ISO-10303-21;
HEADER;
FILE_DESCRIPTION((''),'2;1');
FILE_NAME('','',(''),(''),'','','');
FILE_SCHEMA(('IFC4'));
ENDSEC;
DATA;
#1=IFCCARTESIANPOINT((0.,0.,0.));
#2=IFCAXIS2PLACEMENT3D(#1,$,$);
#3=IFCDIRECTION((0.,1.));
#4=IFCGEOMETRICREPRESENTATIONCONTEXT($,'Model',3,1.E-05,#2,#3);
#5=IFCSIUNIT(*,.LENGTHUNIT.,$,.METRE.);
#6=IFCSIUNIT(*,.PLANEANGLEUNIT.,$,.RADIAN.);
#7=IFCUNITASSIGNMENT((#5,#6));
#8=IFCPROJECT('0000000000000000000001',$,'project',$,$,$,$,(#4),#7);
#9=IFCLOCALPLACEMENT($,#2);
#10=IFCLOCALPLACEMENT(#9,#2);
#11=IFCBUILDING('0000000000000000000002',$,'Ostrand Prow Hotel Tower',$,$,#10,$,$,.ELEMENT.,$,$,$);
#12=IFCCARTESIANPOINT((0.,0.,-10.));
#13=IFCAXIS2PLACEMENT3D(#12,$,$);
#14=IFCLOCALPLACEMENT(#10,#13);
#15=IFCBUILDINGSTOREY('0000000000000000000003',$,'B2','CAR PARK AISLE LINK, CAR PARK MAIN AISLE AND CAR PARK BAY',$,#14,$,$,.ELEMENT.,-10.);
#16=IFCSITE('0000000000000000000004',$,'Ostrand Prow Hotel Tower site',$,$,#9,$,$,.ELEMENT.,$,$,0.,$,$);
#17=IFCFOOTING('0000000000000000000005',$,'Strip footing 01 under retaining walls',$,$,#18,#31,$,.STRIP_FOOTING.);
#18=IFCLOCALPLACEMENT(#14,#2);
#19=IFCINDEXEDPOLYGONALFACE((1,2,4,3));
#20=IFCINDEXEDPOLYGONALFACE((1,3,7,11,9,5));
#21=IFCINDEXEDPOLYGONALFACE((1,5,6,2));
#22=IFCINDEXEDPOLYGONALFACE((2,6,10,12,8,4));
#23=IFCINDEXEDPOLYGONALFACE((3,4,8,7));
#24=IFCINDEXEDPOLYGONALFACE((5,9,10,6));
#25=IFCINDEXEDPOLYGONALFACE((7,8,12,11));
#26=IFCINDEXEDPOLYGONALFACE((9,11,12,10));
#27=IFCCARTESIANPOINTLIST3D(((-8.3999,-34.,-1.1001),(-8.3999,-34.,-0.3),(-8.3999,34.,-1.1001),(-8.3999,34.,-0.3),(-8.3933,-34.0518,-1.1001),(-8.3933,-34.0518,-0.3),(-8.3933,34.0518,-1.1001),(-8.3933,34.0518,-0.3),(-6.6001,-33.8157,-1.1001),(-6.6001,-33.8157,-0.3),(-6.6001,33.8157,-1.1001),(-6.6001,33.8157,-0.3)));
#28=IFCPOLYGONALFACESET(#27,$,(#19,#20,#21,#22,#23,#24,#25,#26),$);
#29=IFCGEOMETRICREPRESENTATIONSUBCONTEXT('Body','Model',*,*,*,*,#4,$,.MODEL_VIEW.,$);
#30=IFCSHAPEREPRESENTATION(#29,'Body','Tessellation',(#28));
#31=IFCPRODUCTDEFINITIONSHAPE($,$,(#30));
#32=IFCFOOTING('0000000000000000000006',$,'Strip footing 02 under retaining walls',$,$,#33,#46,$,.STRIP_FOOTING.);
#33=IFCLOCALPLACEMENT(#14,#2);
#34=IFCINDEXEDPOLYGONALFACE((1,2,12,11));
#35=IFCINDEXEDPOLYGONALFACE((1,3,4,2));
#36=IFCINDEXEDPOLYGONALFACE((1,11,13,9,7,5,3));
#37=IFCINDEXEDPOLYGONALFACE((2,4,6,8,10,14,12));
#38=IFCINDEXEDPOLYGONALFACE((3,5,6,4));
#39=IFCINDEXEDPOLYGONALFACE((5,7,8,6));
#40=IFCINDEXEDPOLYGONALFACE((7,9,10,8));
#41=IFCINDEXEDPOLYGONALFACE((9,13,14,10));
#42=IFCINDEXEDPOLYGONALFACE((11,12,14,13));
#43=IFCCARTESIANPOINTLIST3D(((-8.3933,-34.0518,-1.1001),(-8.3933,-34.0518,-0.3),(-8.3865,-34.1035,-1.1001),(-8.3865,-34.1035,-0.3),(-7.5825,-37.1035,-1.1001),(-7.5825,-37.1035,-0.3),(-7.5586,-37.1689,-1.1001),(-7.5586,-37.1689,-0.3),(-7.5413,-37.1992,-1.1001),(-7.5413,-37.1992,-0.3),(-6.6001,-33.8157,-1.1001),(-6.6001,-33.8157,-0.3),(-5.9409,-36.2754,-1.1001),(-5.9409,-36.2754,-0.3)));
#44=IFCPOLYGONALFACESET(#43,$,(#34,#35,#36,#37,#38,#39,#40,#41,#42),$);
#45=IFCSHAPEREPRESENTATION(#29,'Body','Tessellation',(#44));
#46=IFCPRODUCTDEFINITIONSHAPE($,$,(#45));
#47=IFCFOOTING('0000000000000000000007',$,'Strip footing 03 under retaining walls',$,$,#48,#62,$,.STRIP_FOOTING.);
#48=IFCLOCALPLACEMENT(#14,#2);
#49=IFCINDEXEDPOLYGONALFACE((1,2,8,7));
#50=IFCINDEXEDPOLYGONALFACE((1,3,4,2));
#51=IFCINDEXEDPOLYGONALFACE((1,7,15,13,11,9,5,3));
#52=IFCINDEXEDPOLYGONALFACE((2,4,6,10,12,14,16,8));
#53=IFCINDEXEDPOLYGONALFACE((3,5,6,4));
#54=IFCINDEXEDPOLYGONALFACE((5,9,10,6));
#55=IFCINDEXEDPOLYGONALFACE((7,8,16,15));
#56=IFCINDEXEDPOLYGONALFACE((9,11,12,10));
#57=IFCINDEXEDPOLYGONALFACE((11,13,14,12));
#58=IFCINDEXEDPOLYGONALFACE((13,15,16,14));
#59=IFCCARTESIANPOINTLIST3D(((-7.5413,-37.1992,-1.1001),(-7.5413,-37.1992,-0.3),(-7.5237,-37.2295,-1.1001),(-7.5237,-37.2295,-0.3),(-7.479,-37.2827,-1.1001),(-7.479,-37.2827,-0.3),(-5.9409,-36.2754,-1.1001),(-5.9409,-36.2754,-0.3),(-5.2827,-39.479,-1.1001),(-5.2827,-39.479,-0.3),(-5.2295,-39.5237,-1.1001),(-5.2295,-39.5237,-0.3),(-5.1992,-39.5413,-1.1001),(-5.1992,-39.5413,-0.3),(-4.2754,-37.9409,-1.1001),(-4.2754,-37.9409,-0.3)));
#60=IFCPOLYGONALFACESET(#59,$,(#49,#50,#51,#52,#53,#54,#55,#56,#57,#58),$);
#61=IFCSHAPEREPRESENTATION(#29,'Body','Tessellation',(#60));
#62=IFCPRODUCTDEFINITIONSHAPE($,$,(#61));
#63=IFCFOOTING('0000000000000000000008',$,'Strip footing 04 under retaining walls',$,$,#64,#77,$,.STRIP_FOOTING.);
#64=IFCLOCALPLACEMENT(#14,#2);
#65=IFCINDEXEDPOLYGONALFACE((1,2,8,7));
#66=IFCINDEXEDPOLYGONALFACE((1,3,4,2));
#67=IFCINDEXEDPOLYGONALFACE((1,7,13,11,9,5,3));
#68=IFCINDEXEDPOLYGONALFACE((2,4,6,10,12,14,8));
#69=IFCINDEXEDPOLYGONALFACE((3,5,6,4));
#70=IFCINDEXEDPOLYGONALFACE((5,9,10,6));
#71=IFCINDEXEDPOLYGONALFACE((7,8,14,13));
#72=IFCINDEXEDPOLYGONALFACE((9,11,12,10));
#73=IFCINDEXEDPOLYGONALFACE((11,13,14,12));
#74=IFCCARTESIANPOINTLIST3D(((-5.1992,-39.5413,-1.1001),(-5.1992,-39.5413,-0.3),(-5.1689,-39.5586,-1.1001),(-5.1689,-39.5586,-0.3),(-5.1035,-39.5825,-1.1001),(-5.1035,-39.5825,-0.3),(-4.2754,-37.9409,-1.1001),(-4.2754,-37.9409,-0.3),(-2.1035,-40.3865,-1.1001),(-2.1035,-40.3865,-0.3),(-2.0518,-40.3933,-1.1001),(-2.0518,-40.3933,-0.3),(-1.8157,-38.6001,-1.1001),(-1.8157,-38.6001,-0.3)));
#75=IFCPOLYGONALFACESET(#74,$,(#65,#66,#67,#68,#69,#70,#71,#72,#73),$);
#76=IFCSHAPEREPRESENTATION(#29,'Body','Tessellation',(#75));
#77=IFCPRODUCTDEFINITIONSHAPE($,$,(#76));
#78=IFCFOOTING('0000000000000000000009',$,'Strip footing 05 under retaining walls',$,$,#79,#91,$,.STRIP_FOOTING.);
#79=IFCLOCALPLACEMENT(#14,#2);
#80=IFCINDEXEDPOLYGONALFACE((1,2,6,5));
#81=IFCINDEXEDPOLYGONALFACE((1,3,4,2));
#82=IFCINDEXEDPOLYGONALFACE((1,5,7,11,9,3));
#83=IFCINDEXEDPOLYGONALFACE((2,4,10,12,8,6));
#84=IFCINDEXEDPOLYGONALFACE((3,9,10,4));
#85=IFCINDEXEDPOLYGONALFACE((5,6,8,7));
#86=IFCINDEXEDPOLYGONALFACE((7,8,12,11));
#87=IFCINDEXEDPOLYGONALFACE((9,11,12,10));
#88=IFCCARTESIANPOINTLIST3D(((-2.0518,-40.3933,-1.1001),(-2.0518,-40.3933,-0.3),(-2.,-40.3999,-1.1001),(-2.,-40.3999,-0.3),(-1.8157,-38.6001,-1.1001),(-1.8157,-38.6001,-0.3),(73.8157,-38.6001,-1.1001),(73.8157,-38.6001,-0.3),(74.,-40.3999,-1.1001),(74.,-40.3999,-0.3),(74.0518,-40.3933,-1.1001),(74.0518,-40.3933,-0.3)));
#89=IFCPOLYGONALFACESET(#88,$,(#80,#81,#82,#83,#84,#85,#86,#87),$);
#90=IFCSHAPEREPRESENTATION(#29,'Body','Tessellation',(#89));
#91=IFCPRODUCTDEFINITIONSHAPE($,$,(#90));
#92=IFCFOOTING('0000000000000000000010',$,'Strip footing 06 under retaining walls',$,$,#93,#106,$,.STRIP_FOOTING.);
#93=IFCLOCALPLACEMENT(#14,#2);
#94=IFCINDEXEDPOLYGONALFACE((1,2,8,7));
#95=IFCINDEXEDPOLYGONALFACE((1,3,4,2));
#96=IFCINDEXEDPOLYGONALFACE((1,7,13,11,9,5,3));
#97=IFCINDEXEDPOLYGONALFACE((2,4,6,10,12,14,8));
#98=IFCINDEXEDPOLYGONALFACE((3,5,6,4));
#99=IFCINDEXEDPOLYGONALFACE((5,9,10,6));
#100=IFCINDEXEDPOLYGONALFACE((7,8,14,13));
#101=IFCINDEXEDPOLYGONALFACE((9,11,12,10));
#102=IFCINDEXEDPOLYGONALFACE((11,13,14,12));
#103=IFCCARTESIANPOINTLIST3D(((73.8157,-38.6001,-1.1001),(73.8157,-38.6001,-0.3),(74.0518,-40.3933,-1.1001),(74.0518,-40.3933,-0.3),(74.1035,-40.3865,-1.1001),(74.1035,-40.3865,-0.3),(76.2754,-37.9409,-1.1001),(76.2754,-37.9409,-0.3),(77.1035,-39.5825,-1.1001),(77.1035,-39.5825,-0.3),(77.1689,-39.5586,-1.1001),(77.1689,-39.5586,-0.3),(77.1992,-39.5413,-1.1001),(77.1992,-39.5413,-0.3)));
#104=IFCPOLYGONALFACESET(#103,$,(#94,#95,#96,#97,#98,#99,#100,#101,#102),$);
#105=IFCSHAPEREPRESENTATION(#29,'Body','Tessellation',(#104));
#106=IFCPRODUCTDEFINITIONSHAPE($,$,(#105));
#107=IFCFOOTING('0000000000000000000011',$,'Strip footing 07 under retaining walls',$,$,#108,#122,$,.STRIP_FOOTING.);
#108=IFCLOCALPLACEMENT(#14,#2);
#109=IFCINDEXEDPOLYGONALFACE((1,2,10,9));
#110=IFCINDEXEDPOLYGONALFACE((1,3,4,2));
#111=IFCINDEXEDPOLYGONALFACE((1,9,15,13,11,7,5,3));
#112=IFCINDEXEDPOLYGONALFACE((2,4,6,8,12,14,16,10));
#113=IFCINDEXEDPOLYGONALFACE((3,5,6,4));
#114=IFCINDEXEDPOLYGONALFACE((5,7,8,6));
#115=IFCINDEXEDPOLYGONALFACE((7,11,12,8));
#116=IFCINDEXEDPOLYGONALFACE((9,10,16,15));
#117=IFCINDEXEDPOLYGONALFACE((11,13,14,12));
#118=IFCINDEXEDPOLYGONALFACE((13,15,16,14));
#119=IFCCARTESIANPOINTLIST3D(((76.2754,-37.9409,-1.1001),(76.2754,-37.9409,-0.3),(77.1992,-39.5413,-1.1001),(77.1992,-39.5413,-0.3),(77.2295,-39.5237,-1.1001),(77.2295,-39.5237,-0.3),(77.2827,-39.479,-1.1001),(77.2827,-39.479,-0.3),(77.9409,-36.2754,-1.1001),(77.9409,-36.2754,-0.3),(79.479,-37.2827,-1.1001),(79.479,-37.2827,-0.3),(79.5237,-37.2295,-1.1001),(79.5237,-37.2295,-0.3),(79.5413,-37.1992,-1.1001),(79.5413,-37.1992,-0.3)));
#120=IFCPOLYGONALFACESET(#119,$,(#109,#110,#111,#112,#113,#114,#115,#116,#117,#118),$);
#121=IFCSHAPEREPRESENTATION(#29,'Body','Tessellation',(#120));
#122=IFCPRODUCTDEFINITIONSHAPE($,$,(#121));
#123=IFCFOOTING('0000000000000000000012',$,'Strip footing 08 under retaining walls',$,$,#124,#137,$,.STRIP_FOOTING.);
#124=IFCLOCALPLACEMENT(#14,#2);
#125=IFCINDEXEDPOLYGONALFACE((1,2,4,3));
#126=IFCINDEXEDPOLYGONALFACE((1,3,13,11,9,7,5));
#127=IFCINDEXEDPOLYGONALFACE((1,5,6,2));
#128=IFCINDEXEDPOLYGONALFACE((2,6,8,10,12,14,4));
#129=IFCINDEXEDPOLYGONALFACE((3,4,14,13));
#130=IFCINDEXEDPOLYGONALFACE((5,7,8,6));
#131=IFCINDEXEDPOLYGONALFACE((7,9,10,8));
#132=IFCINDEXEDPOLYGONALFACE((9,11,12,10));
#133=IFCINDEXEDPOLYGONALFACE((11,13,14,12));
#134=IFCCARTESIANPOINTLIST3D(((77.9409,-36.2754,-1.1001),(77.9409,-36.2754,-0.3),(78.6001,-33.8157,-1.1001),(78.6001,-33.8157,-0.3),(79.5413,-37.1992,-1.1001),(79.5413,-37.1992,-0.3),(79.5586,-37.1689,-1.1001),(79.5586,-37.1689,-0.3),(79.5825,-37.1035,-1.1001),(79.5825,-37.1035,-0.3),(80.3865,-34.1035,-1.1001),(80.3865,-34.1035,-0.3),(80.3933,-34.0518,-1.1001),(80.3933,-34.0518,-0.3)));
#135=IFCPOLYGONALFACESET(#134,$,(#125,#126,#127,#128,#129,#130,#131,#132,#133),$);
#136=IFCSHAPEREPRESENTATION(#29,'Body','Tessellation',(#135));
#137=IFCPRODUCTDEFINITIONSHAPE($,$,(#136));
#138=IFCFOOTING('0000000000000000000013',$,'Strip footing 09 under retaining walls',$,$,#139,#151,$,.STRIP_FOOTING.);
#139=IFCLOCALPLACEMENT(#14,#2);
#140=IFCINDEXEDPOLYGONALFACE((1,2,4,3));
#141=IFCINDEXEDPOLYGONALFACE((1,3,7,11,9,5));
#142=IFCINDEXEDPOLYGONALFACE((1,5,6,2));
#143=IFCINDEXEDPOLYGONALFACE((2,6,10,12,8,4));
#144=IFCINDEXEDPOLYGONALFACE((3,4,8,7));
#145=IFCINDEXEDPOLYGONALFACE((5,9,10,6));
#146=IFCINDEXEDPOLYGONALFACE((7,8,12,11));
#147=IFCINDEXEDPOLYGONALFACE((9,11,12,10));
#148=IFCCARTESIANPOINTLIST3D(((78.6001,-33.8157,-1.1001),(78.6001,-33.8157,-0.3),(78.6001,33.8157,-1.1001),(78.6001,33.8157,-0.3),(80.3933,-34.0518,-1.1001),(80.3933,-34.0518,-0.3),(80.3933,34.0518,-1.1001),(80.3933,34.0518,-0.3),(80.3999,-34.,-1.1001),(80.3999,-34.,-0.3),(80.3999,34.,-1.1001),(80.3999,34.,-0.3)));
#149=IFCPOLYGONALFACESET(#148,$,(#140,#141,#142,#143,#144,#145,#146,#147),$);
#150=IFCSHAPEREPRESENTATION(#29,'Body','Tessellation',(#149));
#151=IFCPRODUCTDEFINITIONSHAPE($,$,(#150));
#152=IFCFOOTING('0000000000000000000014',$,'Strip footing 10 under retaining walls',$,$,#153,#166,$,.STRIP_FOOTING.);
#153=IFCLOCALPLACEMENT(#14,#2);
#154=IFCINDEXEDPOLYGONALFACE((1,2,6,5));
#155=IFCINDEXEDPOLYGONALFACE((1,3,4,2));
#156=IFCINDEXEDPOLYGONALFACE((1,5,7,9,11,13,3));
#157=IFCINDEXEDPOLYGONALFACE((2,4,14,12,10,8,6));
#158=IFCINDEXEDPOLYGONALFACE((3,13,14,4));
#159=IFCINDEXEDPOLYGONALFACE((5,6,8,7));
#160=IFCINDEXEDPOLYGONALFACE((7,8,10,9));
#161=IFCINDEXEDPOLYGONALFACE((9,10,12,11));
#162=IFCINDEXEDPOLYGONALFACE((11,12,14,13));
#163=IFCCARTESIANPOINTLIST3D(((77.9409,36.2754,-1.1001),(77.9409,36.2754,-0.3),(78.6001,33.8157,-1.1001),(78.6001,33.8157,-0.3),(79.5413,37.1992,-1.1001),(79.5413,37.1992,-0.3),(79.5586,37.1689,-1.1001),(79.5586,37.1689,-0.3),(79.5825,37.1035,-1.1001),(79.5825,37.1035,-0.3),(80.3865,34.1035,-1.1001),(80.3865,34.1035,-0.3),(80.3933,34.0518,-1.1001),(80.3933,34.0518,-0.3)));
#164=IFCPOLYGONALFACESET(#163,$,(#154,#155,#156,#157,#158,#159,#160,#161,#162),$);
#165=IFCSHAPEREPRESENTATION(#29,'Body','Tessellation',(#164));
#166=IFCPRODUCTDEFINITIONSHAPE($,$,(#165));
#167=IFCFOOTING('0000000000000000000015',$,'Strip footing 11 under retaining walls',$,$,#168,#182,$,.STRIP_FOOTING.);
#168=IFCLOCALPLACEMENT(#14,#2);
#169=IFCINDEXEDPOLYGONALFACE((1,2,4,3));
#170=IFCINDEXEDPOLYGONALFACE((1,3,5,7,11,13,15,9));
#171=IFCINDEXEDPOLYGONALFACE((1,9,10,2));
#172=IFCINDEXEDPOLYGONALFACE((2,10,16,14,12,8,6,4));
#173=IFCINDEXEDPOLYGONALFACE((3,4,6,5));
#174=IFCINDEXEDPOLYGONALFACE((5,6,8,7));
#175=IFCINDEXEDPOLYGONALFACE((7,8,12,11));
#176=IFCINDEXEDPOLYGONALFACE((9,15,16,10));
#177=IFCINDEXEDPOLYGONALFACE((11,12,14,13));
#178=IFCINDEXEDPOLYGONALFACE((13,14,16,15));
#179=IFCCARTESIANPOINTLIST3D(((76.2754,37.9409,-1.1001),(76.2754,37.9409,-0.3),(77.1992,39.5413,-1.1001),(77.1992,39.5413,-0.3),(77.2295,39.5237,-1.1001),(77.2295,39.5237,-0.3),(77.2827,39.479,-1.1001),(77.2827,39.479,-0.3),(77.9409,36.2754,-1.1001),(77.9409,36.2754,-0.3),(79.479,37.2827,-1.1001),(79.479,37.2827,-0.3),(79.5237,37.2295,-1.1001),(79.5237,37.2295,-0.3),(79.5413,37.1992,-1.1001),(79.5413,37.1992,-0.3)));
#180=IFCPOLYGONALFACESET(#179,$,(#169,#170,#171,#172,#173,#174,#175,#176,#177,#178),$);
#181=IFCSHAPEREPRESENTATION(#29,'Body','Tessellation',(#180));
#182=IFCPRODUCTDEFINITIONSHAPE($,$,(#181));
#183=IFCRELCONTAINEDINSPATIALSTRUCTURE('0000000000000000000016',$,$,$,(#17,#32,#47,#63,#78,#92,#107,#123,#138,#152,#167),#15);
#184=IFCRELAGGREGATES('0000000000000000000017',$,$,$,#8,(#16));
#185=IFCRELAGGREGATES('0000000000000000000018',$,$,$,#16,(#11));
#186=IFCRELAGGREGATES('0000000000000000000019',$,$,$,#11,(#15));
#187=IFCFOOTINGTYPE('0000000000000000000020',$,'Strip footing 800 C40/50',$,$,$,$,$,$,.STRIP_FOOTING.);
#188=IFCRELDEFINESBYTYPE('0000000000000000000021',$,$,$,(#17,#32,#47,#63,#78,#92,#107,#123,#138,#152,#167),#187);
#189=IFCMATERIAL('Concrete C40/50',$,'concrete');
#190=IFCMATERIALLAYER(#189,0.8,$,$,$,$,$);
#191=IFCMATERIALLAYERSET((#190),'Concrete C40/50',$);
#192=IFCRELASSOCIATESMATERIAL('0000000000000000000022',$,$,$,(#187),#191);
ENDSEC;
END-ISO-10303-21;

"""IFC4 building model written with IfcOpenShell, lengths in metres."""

from ifc_helpers import new_model, si_unit, direction, frame, origin, place, context, subcontext, project, spatial, polyline, outline, extrude, material, layer, layer_set, type_object, element, save


model = new_model("IFC4")

# Units and contexts
model_context = context("Model", 3, precision=1e-05, world=origin(), true_north=direction((0.0, 1.0)))
body_context = subcontext(model_context, "Body", "Model", "MODEL_VIEW")
ifc_project = project(units=[si_unit("LENGTHUNIT", "METRE"), si_unit("PLANEANGLEUNIT", "RADIAN")], contexts=[model_context])

# Site, building, storey
site_placement = place(None, origin())
site = spatial("IfcSite", under=ifc_project, at=site_placement, Name="Ostrand Prow Hotel Tower site", CompositionType="ELEMENT", RefElevation=0.0)
building_placement = place(site_placement, origin())
building = spatial("IfcBuilding", under=site, at=building_placement, Name="Ostrand Prow Hotel Tower", CompositionType="ELEMENT")
storey_placement = place(building_placement, frame((0.0, 0.0, -10.0)))
storey = spatial("IfcBuildingStorey", under=building, at=storey_placement, Name="B2", Description="CAR PARK AISLE LINK, CAR PARK MAIN AISLE AND CAR PARK BAY", CompositionType="ELEMENT", Elevation=-10.0)

# Footings
ifc_material_1 = material(Name="Concrete C40/50", Category="concrete")
ifc_layer_1 = layer(ifc_material_1, 0.8)
ifc_layer_set_1 = layer_set([ifc_layer_1], Name="Concrete C40/50")
footing_type_1 = type_object("IfcFootingType", Name="Strip footing 800 C40/50", PredefinedType="STRIP_FOOTING", material=ifc_layer_set_1)
footing_1_placement = place(storey_placement, frame((0.0, 0.0, -1.1001)))
element("IfcFooting", 1, at=footing_1_placement, inside=storey, type_object=footing_type_1, Name="Strip footing 01 under retaining walls", PredefinedType="STRIP_FOOTING", context=body_context, shape_type="SweptSolid", body=[
    extrude(outline(polyline([(-8.3933, -34.0518), (-8.3999, -34.0), (-8.3999, 34.0), (-8.3933, 34.0518), (-6.6001, 33.8157), (-6.6001, -33.8157), (-8.3933, -34.0518)])), origin(), (0.0, 0.0, 1.0), 0.8),
])
footing_2_placement = place(storey_placement, frame((0.0, 0.0, -1.1001)))
element("IfcFooting", 2, at=footing_2_placement, inside=storey, type_object=footing_type_1, Name="Strip footing 02 under retaining walls", PredefinedType="STRIP_FOOTING", context=body_context, shape_type="SweptSolid", body=[
    extrude(outline(polyline([(-7.5413, -37.1992), (-7.5586, -37.1689), (-7.5825, -37.1035), (-8.3865, -34.1035), (-8.3933, -34.0518), (-6.6001, -33.8157), (-5.9409, -36.2754), (-5.9409, -36.2754), (-7.5413, -37.1992)])), origin(), (0.0, 0.0, 1.0), 0.8),
])
footing_3_placement = place(storey_placement, frame((0.0, 0.0, -1.1001)))
element("IfcFooting", 3, at=footing_3_placement, inside=storey, type_object=footing_type_1, Name="Strip footing 03 under retaining walls", PredefinedType="STRIP_FOOTING", context=body_context, shape_type="SweptSolid", body=[
    extrude(outline(polyline([(-5.1992, -39.5413), (-5.2295, -39.5237), (-5.2827, -39.479), (-7.479, -37.2827), (-7.5237, -37.2295), (-7.5413, -37.1992), (-5.9409, -36.2754), (-4.2754, -37.9409), (-4.2754, -37.9409), (-5.1992, -39.5413)])), origin(), (0.0, 0.0, 1.0), 0.8),
])
footing_4_placement = place(storey_placement, frame((0.0, 0.0, -1.1001)))
element("IfcFooting", 4, at=footing_4_placement, inside=storey, type_object=footing_type_1, Name="Strip footing 04 under retaining walls", PredefinedType="STRIP_FOOTING", context=body_context, shape_type="SweptSolid", body=[
    extrude(outline(polyline([(-2.0518, -40.3933), (-2.1035, -40.3865), (-5.1035, -39.5825), (-5.1689, -39.5586), (-5.1992, -39.5413), (-4.2754, -37.9409), (-1.8157, -38.6001), (-2.0518, -40.3933)])), origin(), (0.0, 0.0, 1.0), 0.8),
])
footing_5_placement = place(storey_placement, frame((0.0, 0.0, -1.1001)))
element("IfcFooting", 5, at=footing_5_placement, inside=storey, type_object=footing_type_1, Name="Strip footing 05 under retaining walls", PredefinedType="STRIP_FOOTING", context=body_context, shape_type="SweptSolid", body=[
    extrude(outline(polyline([(-2.0, -40.3999), (-2.0518, -40.3933), (-1.8157, -38.6001), (-1.8157, -38.6001), (73.8157, -38.6001), (73.8157, -38.6001), (74.0518, -40.3933), (74.0, -40.3999), (-2.0, -40.3999)])), origin(), (0.0, 0.0, 1.0), 0.8),
])
footing_6_placement = place(storey_placement, frame((0.0, 0.0, -1.1001)))
element("IfcFooting", 6, at=footing_6_placement, inside=storey, type_object=footing_type_1, Name="Strip footing 06 under retaining walls", PredefinedType="STRIP_FOOTING", context=body_context, shape_type="SweptSolid", body=[
    extrude(outline(polyline([(77.1992, -39.5413), (77.1689, -39.5586), (77.1035, -39.5825), (74.1035, -40.3865), (74.0518, -40.3933), (73.8157, -38.6001), (76.2754, -37.9409), (76.2754, -37.9409), (77.1992, -39.5413)])), origin(), (0.0, 0.0, 1.0), 0.8),
])
footing_7_placement = place(storey_placement, frame((0.0, 0.0, -1.1001)))
element("IfcFooting", 7, at=footing_7_placement, inside=storey, type_object=footing_type_1, Name="Strip footing 07 under retaining walls", PredefinedType="STRIP_FOOTING", context=body_context, shape_type="SweptSolid", body=[
    extrude(outline(polyline([(79.5413, -37.1992), (79.5237, -37.2295), (79.479, -37.2827), (77.2827, -39.479), (77.2295, -39.5237), (77.1992, -39.5413), (76.2754, -37.9409), (77.9409, -36.2754), (79.5413, -37.1992)])), origin(), (0.0, 0.0, 1.0), 0.8),
])
footing_8_placement = place(storey_placement, frame((0.0, 0.0, -1.1001)))
element("IfcFooting", 8, at=footing_8_placement, inside=storey, type_object=footing_type_1, Name="Strip footing 08 under retaining walls", PredefinedType="STRIP_FOOTING", context=body_context, shape_type="SweptSolid", body=[
    extrude(outline(polyline([(80.3933, -34.0518), (80.3865, -34.1035), (79.5825, -37.1035), (79.5586, -37.1689), (79.5413, -37.1992), (77.9409, -36.2754), (78.6001, -33.8157), (78.6001, -33.8157), (80.3933, -34.0518)])), origin(), (0.0, 0.0, 1.0), 0.8),
])
footing_9_placement = place(storey_placement, frame((0.0, 0.0, -1.1001)))
element("IfcFooting", 9, at=footing_9_placement, inside=storey, type_object=footing_type_1, Name="Strip footing 09 under retaining walls", PredefinedType="STRIP_FOOTING", context=body_context, shape_type="SweptSolid", body=[
    extrude(outline(polyline([(80.3933, 34.0518), (80.3999, 34.0), (80.3999, -34.0), (80.3933, -34.0518), (78.6001, -33.8157), (78.6001, 33.8157), (80.3933, 34.0518)])), origin(), (0.0, 0.0, 1.0), 0.8),
])
footing_10_placement = place(storey_placement, frame((0.0, 0.0, -1.1001)))
element("IfcFooting", 10, at=footing_10_placement, inside=storey, type_object=footing_type_1, Name="Strip footing 10 under retaining walls", PredefinedType="STRIP_FOOTING", context=body_context, shape_type="SweptSolid", body=[
    extrude(outline(polyline([(79.5413, 37.1992), (79.5586, 37.1689), (79.5825, 37.1035), (80.3865, 34.1035), (80.3933, 34.0518), (78.6001, 33.8157), (78.6001, 33.8157), (77.9409, 36.2754), (79.5413, 37.1992)])), origin(), (0.0, 0.0, 1.0), 0.8),
])
footing_11_placement = place(storey_placement, frame((0.0, 0.0, -1.1001)))
element("IfcFooting", 11, at=footing_11_placement, inside=storey, type_object=footing_type_1, Name="Strip footing 11 under retaining walls", PredefinedType="STRIP_FOOTING", context=body_context, shape_type="SweptSolid", body=[
    extrude(outline(polyline([(77.1992, 39.5413), (77.2295, 39.5237), (77.2827, 39.479), (79.479, 37.2827), (79.5237, 37.2295), (79.5413, 37.1992), (77.9409, 36.2754), (76.2754, 37.9409), (77.1992, 39.5413)])), origin(), (0.0, 0.0, 1.0), 0.8),
])

save(model, "model.ifc")
